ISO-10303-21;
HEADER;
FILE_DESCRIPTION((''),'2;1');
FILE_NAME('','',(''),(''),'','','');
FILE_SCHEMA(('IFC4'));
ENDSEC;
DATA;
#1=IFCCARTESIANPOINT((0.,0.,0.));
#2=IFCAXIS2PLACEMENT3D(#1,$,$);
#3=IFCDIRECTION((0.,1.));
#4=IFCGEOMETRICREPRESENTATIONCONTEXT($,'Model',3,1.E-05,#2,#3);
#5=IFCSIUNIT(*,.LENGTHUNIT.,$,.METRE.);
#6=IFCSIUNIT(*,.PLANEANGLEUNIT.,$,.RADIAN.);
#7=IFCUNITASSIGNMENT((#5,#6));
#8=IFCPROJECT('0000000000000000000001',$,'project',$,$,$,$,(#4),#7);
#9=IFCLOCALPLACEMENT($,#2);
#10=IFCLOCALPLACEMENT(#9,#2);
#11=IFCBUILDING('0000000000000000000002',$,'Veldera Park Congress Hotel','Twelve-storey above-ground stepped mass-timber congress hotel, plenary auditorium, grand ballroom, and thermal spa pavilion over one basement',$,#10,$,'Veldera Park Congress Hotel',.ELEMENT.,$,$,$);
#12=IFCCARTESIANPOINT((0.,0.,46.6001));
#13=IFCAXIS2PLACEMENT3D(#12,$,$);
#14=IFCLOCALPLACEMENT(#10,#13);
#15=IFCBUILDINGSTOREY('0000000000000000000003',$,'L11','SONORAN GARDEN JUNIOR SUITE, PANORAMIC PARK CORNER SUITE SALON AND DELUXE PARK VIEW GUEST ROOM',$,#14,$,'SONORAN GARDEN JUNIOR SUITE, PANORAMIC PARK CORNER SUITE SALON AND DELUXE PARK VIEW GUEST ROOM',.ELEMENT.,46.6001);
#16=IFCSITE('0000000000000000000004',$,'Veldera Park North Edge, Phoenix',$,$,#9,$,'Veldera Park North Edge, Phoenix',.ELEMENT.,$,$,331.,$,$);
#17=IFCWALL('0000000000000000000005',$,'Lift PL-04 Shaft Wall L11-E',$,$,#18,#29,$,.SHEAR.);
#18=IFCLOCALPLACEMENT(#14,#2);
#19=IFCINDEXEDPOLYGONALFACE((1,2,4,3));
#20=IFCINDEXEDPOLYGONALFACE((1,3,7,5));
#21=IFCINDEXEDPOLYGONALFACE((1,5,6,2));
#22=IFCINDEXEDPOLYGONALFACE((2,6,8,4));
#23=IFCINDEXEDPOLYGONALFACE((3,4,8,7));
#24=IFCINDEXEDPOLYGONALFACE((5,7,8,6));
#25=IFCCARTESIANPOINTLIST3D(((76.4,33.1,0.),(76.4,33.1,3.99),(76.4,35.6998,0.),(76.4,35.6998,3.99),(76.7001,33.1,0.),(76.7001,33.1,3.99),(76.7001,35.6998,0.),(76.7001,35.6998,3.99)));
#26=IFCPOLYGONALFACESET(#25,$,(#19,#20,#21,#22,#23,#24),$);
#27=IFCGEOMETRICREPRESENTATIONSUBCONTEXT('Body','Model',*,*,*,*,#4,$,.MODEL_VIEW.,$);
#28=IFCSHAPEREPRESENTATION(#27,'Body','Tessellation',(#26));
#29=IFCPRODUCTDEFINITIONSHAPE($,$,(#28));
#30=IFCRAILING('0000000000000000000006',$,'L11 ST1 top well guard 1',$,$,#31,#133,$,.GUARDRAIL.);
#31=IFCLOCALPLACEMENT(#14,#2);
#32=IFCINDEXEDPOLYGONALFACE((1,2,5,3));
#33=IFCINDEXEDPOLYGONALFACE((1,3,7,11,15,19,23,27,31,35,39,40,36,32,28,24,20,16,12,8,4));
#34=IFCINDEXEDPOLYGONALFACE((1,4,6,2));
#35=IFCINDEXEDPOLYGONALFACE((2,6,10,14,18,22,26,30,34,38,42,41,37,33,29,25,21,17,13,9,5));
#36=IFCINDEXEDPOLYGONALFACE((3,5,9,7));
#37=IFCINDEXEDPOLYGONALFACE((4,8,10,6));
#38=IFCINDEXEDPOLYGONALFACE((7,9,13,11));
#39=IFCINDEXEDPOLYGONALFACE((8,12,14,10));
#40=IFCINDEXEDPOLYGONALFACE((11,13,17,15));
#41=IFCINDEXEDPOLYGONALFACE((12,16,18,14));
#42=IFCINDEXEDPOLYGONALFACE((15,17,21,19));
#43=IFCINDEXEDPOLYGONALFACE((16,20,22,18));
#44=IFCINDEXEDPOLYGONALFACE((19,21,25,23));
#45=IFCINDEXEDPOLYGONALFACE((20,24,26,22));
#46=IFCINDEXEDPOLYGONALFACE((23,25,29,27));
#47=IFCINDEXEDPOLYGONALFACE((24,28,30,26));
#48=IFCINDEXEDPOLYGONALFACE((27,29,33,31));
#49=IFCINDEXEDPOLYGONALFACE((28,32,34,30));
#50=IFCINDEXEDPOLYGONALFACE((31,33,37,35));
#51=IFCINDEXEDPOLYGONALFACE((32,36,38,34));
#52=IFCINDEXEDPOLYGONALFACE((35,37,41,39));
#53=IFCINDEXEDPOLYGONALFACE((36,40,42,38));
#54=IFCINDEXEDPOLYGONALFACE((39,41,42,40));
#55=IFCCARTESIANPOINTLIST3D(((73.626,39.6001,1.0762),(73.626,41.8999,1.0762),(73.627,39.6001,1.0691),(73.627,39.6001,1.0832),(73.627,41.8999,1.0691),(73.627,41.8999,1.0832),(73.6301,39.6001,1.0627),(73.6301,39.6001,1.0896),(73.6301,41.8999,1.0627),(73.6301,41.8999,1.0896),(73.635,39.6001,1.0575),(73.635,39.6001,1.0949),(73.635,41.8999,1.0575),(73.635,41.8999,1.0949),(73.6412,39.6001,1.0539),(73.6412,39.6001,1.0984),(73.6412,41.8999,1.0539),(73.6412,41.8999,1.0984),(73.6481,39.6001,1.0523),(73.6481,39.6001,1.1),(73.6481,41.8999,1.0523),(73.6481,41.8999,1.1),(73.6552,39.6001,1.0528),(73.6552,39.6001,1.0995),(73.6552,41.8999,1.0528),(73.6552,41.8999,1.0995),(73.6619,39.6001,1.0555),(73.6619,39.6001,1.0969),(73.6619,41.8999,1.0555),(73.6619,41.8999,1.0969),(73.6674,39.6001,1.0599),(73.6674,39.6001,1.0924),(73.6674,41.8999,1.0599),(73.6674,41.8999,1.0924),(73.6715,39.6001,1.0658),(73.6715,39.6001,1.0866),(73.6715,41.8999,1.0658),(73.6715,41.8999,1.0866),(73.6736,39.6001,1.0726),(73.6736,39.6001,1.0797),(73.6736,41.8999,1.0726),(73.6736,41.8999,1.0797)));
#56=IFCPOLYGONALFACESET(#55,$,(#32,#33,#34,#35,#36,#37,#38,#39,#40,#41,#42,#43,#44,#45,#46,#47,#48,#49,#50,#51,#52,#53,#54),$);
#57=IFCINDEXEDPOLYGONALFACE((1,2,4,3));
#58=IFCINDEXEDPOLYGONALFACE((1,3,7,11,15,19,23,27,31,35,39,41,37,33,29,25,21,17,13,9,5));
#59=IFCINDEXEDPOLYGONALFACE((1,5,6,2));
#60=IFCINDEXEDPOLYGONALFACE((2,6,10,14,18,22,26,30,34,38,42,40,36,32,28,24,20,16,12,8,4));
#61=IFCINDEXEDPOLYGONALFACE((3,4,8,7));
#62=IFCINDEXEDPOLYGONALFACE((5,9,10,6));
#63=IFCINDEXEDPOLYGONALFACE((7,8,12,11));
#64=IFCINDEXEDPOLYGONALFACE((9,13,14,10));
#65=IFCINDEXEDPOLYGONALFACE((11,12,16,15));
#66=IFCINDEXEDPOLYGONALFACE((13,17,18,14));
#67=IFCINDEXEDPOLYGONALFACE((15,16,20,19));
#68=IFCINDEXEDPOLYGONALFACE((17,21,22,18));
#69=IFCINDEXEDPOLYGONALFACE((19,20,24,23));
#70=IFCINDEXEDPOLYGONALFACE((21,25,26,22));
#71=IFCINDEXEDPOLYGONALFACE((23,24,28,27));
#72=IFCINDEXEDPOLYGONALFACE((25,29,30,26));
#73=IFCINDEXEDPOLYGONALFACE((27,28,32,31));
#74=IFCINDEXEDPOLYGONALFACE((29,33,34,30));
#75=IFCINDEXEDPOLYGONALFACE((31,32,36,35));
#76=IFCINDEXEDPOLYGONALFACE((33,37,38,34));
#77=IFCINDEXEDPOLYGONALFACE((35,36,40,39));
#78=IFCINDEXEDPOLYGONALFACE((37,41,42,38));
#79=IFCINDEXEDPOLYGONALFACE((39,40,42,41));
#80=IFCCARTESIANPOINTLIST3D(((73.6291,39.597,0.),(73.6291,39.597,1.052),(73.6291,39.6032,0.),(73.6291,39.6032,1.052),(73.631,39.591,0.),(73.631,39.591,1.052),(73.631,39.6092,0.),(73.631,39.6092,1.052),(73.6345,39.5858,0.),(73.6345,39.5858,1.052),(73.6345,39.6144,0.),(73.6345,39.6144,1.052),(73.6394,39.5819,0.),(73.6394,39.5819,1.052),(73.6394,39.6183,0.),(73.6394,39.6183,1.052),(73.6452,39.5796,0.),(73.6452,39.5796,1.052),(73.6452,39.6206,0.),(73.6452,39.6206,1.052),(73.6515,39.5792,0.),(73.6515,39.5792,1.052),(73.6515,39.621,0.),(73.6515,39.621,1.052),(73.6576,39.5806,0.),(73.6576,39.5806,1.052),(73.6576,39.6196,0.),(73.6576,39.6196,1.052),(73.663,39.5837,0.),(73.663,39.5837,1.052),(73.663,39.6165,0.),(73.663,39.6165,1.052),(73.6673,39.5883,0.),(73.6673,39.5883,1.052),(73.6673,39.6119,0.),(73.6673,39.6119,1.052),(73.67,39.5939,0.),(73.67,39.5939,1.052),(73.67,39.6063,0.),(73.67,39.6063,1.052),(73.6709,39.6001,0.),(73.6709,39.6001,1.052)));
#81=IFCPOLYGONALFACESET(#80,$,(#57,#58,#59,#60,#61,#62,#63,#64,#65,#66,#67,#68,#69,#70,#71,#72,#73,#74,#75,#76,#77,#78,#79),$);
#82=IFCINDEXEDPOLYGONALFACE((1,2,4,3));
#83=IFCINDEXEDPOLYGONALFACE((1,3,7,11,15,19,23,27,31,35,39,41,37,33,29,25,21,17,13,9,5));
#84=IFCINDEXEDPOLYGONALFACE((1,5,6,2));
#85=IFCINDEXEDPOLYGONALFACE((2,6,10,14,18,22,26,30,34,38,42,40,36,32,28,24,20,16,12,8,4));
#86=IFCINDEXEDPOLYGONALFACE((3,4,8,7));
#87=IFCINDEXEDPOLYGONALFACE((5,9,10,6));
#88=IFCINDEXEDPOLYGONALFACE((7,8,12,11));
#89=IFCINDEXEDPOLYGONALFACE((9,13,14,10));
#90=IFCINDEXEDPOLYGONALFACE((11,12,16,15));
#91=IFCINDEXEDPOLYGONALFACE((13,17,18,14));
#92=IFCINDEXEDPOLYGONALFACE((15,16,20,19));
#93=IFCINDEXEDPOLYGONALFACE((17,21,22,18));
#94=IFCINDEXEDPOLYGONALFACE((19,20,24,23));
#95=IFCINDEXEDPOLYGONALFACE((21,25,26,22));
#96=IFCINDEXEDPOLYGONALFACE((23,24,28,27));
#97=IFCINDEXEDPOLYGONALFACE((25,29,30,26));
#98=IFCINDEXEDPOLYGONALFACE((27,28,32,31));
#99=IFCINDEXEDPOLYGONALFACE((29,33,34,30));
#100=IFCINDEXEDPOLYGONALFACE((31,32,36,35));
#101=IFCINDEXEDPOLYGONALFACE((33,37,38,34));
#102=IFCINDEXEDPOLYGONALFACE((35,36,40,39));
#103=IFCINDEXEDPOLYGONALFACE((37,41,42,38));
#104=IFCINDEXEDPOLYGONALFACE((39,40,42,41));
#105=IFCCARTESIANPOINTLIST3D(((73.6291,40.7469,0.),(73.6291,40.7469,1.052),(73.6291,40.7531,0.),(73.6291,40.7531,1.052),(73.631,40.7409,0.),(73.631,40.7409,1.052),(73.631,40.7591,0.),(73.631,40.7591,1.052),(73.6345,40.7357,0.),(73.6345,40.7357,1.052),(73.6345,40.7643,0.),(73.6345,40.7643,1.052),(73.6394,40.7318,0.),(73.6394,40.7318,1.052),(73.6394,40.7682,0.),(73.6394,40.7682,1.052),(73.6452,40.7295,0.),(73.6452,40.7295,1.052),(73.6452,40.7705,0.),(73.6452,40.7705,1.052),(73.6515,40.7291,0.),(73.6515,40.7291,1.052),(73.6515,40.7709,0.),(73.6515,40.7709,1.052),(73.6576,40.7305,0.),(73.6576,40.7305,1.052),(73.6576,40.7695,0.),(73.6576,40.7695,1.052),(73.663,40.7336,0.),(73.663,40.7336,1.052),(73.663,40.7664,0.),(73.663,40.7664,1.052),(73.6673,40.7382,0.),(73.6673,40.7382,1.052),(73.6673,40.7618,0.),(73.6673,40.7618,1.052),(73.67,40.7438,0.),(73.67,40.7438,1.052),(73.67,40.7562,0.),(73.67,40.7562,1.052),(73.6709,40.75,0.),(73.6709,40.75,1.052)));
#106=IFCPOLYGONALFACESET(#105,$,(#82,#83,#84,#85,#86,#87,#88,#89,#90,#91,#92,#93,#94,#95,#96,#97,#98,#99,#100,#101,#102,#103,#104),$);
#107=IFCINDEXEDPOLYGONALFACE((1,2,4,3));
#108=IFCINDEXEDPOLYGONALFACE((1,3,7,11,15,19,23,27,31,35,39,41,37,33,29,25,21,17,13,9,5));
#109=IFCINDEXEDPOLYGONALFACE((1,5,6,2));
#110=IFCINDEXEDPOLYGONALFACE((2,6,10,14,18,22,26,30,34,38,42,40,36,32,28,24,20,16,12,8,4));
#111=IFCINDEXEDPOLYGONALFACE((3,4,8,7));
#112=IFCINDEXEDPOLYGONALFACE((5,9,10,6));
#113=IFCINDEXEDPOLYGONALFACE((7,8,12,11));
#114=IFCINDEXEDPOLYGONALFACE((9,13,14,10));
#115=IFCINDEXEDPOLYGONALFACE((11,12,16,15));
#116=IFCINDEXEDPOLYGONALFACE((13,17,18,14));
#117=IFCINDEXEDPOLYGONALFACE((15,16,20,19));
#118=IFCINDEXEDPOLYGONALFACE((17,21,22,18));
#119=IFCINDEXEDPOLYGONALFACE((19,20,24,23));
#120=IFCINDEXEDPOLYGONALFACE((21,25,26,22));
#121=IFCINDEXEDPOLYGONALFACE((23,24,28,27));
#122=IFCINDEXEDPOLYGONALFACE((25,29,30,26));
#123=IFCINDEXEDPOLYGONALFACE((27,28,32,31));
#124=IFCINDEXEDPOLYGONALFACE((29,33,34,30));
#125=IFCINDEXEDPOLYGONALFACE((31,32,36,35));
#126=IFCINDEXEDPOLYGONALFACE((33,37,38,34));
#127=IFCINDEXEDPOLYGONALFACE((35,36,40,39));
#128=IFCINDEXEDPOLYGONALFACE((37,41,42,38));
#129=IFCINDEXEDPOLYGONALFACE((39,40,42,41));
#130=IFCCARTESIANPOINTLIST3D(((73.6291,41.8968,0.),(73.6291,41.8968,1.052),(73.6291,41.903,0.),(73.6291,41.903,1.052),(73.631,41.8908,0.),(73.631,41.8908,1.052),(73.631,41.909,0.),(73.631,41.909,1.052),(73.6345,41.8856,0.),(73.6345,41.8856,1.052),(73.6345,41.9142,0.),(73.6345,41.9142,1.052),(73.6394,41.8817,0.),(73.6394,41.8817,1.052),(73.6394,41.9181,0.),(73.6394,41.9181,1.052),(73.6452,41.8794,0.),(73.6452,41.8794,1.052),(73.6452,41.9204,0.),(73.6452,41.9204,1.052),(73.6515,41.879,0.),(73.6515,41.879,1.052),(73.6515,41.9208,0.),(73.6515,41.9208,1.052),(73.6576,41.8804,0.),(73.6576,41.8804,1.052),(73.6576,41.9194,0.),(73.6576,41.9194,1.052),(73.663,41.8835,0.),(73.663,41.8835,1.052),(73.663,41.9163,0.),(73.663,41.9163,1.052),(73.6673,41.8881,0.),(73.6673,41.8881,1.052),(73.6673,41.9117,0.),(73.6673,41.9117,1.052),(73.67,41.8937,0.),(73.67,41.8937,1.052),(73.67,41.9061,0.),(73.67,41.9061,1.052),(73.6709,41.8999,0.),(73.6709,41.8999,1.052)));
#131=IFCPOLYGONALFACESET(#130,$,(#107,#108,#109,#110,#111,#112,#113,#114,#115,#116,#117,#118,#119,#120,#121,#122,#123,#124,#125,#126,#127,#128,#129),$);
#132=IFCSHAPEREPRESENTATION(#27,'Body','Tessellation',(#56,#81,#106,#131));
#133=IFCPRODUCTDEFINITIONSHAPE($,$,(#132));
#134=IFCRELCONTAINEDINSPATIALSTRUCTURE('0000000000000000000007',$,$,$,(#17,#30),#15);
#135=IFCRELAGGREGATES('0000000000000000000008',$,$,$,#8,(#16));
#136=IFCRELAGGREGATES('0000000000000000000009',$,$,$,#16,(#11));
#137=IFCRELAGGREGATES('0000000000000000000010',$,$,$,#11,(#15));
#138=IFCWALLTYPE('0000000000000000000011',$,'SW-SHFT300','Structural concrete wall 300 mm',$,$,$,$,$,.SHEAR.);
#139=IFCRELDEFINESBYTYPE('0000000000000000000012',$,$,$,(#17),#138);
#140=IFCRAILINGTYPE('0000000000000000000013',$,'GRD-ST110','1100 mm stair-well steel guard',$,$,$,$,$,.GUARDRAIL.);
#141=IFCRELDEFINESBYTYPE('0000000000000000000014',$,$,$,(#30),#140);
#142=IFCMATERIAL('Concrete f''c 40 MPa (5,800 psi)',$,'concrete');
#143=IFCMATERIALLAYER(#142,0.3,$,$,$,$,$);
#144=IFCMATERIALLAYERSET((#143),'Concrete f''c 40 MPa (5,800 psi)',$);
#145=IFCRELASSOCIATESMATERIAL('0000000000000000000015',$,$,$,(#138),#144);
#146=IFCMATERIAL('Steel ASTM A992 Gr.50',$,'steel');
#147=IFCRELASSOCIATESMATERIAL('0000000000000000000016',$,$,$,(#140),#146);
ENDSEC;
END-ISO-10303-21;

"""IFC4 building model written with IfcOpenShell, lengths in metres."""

from ifc_helpers import new_model, si_unit, direction, frame, frame_2d, origin, origin_2d, place, context, subcontext, project, spatial, rectangle, circle, extrude, material, layer, layer_set, type_object, element, save


model = new_model("IFC4")

# Units and contexts
model_context = context("Model", 3, precision=1e-05, world=origin(), true_north=direction((0.0, 1.0)))
body_context = subcontext(model_context, "Body", "Model", "MODEL_VIEW")
ifc_project = project(units=[si_unit("LENGTHUNIT", "METRE"), si_unit("PLANEANGLEUNIT", "RADIAN")], contexts=[model_context])

# Site, building, storey
site_placement = place(None, origin())
site = spatial("IfcSite", under=ifc_project, at=site_placement, Name="Veldera Park North Edge, Phoenix", LongName="Veldera Park North Edge, Phoenix", CompositionType="ELEMENT", RefElevation=331.0)
building_placement = place(site_placement, origin())
building = spatial("IfcBuilding", under=site, at=building_placement, Name="Veldera Park Congress Hotel", Description="Twelve-storey above-ground stepped mass-timber congress hotel, plenary auditorium, grand ballroom, and thermal spa pavilion over one basement", LongName="Veldera Park Congress Hotel", CompositionType="ELEMENT")
storey_placement = place(building_placement, frame((0.0, 0.0, 46.6001)))
storey = spatial("IfcBuildingStorey", under=building, at=storey_placement, Name="L11", Description="SONORAN GARDEN JUNIOR SUITE, PANORAMIC PARK CORNER SUITE SALON AND DELUXE PARK VIEW GUEST ROOM", LongName="SONORAN GARDEN JUNIOR SUITE, PANORAMIC PARK CORNER SUITE SALON AND DELUXE PARK VIEW GUEST ROOM", CompositionType="ELEMENT", Elevation=46.6001)

# Shared definitions
ifc_material_1 = material(Name="Concrete f'c 40 MPa (5,800 psi)", Category="concrete")

# Shared definitions
ifc_layer_1 = layer(ifc_material_1, 0.3)
ifc_layer_set_1 = layer_set([ifc_layer_1], Name="Concrete f'c 40 MPa (5,800 psi)")
wall_type_1 = type_object("IfcWallType", Name="SW-SHFT300", Description="Structural concrete wall 300 mm", PredefinedType="SHEAR", material=ifc_layer_set_1)

# Wall
wall_1_placement = place(storey_placement, frame((76.55, 33.1001, 0.0), z_axis=(0.0, 0.0, 1.0), x_axis=(0.0, 1.0, 0.0)))
element("IfcWall", 1, at=wall_1_placement, inside=storey, type_object=wall_type_1, Name="Lift PL-04 Shaft Wall L11-E", PredefinedType="SHEAR", context=body_context, shape_type="SweptSolid", body=[
    extrude(rectangle(XDim=2.5999, YDim=0.3, at=frame_2d((1.2998, 0.0))), origin(), (0.0, 0.0, 1.0), 3.99),
])

# Railing
ifc_material_2 = material(Name="Steel ASTM A992 Gr.50", Category="steel")
railing_type = type_object("IfcRailingType", Name="GRD-ST110", Description="1100 mm stair-well steel guard", PredefinedType="GUARDRAIL", material=ifc_material_2)
railing_placement = place(storey_placement, frame((73.6499, 39.6001, 0.0)))
element("IfcRailing", 2, at=railing_placement, inside=storey, type_object=railing_type, Name="L11 ST1 top well guard 1", PredefinedType="GUARDRAIL", context=body_context, shape_type="SweptSolid", body=[
    extrude(circle(Radius=0.0239, at=origin_2d()), frame((0.0, 0.0, 1.0762), z_axis=(0.0, 1.0, 0.0), x_axis=(-1.0, 0.0, 0.0)), (0.0, 0.0, 1.0), 2.2998),
    extrude(circle(Radius=0.021, at=origin_2d()), origin(), (0.0, 0.0, 1.0), 1.052),
    extrude(circle(Radius=0.021, at=origin_2d()), frame((0.0, 1.1499, 0.0)), (0.0, 0.0, 1.0), 1.052),
    extrude(circle(Radius=0.021, at=origin_2d()), frame((0.0, 2.2998, 0.0)), (0.0, 0.0, 1.0), 1.052),
])

save(model, "model.ifc")
